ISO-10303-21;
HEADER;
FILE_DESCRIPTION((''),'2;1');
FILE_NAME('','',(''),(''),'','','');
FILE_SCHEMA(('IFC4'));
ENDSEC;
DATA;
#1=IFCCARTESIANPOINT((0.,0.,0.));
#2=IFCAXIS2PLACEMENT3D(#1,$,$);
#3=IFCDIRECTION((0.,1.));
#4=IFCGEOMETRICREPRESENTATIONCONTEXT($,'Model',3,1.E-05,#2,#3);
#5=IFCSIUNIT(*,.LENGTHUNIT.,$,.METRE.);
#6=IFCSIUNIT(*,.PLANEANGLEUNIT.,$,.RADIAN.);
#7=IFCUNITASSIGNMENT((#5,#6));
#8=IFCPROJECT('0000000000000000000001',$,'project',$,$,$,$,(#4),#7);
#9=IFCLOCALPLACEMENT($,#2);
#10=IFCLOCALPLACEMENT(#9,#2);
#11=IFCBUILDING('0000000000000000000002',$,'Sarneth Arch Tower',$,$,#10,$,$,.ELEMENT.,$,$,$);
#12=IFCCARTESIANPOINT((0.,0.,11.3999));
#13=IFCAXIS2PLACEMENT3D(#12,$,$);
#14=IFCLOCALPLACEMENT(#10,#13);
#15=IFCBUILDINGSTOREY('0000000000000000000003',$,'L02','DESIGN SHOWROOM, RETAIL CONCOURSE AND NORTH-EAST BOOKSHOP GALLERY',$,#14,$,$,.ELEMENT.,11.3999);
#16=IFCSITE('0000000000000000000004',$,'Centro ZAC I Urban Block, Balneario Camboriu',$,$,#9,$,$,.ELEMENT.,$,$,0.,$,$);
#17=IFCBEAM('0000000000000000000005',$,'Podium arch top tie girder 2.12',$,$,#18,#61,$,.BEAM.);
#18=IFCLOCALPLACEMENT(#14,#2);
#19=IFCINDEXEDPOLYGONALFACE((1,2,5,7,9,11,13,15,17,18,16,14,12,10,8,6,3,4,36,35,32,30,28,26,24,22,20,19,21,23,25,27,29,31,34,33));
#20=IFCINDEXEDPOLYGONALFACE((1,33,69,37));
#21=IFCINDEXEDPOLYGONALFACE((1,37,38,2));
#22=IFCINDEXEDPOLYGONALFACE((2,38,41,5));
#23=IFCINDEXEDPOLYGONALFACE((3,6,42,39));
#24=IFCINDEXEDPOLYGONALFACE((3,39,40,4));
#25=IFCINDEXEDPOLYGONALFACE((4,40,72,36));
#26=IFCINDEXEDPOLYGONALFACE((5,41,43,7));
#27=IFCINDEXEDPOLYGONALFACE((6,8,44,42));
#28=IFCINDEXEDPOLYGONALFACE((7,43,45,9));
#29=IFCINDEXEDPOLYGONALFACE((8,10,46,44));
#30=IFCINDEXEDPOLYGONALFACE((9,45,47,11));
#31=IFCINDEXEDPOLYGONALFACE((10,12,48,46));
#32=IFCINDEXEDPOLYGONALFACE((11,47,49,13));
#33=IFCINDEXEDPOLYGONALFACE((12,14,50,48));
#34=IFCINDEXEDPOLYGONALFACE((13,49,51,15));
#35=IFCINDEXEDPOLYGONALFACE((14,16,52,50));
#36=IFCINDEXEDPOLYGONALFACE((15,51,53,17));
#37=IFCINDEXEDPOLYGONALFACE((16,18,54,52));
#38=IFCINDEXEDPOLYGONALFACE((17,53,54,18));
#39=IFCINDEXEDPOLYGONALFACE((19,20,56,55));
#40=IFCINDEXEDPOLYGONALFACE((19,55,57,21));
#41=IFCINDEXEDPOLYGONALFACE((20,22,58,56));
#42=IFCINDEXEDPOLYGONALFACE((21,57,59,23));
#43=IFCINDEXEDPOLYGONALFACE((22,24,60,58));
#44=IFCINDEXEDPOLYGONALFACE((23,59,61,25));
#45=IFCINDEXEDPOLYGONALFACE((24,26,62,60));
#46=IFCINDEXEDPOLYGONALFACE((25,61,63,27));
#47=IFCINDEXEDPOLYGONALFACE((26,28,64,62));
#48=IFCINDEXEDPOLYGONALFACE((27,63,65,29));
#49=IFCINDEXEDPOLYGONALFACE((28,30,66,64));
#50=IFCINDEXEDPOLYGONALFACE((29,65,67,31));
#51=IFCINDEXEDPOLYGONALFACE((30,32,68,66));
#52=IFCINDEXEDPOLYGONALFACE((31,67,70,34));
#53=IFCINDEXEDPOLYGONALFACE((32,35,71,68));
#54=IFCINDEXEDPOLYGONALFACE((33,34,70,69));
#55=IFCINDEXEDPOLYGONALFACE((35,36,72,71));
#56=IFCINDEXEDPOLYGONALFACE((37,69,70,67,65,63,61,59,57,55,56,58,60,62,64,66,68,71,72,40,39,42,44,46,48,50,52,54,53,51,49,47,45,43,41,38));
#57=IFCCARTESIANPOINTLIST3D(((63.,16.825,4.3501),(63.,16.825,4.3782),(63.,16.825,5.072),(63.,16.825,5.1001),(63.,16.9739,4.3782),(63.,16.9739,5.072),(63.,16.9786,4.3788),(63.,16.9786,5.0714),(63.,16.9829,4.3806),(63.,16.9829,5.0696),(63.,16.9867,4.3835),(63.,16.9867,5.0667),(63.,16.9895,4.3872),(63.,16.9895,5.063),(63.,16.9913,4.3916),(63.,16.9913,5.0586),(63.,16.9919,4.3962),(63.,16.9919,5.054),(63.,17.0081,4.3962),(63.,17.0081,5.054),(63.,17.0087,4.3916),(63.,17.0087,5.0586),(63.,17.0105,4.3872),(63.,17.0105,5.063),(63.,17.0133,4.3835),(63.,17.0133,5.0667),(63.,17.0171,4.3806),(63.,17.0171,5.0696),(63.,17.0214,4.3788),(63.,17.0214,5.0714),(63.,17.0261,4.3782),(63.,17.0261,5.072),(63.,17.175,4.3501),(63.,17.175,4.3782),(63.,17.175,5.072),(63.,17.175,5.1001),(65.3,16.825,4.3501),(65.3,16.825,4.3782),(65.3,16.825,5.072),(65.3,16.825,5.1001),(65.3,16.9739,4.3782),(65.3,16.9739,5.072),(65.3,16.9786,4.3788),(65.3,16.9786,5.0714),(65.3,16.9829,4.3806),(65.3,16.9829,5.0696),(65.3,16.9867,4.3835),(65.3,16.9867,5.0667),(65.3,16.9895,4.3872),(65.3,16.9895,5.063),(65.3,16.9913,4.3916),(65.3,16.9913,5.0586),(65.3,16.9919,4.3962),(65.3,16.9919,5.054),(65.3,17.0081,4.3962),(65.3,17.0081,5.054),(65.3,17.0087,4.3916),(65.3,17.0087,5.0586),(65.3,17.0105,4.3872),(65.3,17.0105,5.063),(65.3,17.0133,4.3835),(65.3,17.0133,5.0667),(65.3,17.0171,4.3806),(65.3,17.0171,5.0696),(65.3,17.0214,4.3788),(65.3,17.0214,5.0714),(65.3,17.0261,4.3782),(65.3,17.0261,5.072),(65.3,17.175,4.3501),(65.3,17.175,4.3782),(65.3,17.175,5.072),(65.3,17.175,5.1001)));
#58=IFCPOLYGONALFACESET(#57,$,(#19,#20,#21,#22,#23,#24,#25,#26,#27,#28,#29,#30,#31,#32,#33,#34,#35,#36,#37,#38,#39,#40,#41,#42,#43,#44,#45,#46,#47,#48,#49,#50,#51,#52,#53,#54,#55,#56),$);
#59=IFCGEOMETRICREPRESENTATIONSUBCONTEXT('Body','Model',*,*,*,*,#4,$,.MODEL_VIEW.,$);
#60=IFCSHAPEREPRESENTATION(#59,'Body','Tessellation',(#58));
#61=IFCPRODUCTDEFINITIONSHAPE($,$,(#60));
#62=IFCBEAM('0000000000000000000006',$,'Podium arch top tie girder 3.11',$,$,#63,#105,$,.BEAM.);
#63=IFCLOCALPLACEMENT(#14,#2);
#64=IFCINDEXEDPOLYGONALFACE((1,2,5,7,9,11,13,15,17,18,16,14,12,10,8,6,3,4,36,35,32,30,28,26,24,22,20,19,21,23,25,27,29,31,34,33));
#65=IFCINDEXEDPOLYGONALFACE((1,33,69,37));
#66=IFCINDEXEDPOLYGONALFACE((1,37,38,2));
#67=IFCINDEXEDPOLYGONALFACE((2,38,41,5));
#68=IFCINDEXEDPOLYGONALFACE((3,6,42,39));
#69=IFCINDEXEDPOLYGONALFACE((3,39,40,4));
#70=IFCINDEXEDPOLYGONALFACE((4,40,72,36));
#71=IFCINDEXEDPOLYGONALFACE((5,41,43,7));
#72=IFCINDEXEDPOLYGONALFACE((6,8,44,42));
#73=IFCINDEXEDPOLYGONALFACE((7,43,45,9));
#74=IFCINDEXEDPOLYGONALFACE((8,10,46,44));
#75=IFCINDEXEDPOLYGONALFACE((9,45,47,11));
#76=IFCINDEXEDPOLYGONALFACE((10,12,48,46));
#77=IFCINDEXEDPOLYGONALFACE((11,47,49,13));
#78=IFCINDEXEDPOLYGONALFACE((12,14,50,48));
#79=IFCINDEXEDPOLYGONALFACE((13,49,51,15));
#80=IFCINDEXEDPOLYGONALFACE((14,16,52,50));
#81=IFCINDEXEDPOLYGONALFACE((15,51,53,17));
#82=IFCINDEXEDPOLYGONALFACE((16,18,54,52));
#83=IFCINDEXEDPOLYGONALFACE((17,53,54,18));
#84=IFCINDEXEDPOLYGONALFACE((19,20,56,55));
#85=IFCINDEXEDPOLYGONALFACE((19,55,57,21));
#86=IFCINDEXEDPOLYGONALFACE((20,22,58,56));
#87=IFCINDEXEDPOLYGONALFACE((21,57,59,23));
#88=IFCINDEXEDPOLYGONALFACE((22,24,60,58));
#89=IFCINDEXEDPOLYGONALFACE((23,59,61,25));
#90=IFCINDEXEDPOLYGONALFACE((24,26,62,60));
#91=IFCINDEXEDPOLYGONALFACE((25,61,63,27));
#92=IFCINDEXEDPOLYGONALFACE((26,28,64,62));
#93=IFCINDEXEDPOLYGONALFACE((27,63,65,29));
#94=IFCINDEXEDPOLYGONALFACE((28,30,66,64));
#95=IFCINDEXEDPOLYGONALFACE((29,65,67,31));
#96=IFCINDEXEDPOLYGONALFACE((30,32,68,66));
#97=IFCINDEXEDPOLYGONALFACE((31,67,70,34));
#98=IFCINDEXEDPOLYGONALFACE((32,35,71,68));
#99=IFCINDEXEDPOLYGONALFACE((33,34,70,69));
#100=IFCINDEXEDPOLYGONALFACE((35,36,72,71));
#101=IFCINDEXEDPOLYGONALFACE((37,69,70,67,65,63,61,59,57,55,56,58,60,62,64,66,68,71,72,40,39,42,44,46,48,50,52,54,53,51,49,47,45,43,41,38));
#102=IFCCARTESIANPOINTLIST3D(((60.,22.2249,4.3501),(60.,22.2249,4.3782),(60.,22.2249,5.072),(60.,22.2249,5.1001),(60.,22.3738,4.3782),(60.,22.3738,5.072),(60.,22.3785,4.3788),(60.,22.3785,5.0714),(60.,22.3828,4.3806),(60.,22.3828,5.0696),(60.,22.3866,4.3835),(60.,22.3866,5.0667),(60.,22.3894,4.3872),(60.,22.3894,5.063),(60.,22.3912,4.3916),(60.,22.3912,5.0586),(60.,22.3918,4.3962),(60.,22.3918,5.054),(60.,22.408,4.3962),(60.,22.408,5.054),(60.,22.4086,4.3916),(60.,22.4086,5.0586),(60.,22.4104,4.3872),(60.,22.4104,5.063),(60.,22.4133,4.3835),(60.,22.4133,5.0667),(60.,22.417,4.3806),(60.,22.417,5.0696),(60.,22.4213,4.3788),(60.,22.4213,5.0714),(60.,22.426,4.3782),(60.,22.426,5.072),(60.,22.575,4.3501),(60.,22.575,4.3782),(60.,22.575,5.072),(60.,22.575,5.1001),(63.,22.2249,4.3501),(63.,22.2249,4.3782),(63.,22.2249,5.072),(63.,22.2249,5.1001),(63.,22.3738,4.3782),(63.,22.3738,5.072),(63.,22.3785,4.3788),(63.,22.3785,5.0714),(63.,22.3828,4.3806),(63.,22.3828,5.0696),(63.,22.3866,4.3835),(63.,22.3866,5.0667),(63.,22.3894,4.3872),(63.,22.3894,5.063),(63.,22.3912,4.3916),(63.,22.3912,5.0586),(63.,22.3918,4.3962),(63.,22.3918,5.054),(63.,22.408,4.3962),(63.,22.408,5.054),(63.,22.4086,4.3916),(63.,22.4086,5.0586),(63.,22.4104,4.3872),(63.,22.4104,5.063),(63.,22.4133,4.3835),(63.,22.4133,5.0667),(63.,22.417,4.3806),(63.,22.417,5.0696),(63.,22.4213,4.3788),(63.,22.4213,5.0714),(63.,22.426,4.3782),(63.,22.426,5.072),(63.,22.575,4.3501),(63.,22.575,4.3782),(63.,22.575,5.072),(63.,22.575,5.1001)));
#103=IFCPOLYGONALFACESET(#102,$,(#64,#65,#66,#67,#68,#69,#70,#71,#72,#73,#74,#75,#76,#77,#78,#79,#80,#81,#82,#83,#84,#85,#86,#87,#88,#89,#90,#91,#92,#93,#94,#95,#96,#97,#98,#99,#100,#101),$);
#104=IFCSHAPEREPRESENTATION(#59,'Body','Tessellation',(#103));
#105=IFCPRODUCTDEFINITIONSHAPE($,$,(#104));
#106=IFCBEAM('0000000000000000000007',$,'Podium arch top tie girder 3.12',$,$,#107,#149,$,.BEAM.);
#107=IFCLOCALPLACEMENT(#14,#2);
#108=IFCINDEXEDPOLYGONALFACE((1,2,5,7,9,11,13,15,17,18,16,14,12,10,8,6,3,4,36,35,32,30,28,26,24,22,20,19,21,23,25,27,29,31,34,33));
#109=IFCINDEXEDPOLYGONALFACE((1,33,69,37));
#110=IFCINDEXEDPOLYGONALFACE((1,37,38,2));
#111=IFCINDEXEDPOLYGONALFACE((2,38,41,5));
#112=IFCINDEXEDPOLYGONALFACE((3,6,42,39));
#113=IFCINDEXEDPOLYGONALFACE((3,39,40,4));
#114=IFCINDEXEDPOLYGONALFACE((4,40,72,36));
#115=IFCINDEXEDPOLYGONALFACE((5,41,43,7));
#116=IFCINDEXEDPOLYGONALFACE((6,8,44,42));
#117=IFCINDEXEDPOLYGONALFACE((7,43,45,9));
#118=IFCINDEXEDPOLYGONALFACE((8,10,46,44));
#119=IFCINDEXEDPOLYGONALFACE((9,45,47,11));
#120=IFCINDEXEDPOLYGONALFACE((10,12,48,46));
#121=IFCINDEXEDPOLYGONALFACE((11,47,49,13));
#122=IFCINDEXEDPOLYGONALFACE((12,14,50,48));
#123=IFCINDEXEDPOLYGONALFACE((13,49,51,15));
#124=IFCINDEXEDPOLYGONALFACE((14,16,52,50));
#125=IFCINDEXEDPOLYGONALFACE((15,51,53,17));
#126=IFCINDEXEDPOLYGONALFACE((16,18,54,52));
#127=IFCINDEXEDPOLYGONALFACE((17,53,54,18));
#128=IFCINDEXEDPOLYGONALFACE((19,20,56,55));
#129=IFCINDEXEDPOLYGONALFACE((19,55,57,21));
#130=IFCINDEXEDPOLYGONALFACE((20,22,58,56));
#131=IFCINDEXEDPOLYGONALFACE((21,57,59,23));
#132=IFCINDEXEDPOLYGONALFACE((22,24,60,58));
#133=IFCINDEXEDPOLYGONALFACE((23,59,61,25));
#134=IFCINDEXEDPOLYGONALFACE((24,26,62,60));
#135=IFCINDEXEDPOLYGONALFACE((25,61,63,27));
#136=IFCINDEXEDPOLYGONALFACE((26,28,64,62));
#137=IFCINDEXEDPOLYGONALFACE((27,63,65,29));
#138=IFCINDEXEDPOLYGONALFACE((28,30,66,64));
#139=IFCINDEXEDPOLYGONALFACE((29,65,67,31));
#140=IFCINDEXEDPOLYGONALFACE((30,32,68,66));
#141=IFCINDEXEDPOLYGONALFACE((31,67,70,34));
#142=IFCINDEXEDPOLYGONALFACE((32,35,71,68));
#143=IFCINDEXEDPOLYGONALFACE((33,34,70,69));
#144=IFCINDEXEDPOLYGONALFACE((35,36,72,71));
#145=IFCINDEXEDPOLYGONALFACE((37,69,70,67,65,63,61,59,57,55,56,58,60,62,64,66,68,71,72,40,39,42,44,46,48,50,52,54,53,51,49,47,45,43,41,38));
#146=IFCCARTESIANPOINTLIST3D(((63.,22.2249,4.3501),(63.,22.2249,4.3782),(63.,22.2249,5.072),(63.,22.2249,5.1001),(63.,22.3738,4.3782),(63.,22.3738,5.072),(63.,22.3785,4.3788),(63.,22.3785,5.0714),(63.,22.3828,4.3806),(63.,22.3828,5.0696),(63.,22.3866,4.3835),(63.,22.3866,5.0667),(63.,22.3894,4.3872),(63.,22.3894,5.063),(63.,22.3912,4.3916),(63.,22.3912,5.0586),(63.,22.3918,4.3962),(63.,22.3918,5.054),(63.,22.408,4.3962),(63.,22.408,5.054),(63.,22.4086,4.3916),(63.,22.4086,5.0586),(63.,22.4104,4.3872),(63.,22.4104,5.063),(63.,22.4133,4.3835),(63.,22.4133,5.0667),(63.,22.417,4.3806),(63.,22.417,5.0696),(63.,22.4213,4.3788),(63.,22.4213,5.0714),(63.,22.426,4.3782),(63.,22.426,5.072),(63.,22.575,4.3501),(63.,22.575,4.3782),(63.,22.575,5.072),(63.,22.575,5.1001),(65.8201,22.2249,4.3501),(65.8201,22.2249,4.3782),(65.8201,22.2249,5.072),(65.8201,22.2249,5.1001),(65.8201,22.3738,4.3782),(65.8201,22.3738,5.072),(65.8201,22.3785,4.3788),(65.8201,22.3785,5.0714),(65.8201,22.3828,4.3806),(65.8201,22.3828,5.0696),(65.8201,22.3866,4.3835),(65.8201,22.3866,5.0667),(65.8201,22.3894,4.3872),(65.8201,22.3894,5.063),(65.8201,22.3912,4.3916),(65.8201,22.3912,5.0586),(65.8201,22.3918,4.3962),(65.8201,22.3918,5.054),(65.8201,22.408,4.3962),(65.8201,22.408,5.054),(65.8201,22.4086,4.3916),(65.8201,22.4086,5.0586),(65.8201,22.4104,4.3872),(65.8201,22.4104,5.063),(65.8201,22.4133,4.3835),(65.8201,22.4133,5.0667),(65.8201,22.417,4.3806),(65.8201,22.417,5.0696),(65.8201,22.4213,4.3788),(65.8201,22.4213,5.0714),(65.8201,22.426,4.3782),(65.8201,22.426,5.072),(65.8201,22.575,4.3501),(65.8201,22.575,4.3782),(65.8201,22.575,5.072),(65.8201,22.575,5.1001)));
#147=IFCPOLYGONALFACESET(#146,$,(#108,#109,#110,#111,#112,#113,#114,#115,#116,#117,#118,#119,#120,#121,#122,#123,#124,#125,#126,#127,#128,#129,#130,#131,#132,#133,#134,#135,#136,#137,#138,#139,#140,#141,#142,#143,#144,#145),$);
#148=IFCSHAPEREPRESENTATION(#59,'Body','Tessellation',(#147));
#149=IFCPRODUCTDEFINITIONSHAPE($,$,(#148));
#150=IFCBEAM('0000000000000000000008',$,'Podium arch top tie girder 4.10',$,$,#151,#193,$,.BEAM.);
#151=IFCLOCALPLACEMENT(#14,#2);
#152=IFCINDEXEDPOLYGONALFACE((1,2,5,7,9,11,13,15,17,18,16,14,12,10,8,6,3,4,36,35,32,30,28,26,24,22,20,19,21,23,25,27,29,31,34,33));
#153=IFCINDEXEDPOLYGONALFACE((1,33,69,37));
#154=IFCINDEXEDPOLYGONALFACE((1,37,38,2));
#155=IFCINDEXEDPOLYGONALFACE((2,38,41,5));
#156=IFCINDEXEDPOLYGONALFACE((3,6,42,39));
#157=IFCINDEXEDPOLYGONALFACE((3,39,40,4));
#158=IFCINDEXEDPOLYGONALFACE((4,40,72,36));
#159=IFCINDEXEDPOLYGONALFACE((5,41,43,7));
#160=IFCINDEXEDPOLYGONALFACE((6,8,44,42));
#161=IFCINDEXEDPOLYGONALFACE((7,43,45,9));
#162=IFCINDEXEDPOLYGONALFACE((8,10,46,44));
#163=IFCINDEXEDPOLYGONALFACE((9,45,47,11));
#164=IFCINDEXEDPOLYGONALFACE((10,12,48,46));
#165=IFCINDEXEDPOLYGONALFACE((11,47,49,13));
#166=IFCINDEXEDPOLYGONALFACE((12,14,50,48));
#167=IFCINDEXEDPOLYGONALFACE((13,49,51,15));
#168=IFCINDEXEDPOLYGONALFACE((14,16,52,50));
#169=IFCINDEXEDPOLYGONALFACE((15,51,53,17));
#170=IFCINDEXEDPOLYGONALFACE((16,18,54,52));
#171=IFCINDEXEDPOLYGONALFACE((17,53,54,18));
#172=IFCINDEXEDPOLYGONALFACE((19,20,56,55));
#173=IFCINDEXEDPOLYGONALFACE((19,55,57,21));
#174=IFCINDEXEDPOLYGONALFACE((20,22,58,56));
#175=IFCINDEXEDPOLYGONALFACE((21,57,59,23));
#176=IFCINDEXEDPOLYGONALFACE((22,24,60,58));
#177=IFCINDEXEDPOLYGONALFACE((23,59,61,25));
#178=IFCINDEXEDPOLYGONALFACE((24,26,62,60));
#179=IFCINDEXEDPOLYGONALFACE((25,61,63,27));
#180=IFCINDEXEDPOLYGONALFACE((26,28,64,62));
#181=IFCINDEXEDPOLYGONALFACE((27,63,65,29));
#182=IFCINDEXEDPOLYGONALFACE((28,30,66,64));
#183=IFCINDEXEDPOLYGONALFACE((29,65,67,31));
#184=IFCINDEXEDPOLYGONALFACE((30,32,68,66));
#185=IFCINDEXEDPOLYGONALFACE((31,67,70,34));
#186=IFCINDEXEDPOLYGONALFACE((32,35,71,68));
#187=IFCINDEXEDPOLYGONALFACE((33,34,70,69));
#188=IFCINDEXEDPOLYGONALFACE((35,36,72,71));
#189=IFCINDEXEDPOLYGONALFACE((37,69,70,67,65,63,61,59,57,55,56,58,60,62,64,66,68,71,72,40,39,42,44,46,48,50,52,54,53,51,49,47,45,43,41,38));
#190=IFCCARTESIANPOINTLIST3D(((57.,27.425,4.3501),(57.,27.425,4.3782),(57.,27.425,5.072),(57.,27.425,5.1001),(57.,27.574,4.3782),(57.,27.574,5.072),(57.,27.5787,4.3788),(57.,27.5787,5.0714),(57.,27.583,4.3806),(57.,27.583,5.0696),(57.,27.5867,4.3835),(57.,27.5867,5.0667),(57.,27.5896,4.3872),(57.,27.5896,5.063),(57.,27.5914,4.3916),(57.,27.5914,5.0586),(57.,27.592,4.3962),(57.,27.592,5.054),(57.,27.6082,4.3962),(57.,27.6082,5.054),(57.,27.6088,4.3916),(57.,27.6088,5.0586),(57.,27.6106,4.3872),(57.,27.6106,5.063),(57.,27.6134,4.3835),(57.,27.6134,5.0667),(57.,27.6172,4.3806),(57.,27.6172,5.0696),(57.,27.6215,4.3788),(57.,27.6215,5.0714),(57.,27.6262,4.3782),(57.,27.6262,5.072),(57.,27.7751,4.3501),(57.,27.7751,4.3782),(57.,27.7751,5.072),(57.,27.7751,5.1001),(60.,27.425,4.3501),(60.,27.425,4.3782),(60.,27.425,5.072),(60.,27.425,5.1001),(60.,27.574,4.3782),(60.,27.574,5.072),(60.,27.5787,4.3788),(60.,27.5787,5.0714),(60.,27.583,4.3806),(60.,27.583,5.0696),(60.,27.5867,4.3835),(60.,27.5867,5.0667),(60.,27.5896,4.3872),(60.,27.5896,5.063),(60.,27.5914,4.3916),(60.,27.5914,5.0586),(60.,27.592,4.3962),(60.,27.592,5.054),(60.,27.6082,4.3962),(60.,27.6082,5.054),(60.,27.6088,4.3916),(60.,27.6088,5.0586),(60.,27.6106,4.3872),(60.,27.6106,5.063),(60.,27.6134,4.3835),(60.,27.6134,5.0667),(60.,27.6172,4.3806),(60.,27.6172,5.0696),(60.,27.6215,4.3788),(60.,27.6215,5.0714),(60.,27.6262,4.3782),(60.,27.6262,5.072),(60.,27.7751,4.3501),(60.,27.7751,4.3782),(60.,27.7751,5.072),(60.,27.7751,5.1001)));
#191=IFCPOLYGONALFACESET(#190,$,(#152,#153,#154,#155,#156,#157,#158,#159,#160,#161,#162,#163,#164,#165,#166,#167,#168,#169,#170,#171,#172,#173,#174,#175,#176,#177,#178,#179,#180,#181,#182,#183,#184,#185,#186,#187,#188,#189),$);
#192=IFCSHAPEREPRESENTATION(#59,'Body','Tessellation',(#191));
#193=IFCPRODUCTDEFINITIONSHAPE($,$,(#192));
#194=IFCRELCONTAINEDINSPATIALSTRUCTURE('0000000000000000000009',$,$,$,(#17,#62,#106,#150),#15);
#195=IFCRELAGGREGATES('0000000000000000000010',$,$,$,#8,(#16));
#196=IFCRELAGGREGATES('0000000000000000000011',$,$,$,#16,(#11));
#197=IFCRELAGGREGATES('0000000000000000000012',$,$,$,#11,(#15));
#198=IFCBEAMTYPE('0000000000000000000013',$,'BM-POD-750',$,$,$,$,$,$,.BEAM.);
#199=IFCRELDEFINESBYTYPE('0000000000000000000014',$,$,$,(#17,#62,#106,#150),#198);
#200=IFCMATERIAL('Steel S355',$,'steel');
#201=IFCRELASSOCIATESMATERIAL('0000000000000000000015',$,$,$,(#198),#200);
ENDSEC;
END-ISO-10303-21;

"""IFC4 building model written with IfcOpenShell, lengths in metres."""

from ifc_helpers import new_model, si_unit, direction, frame, origin, origin_2d, place, context, subcontext, project, spatial, i_section, extrude, material, material_profile, profile_set, type_object, element, save


model = new_model("IFC4")

# Units and contexts
model_context = context("Model", 3, precision=1e-05, world=origin(), true_north=direction((0.0, 1.0)))
body_context = subcontext(model_context, "Body", "Model", "MODEL_VIEW")
ifc_project = project(units=[si_unit("LENGTHUNIT", "METRE"), si_unit("PLANEANGLEUNIT", "RADIAN")], contexts=[model_context])

# Site, building, storey
site_placement = place(None, origin())
site = spatial("IfcSite", under=ifc_project, at=site_placement, Name="Centro ZAC I Urban Block, Balneario Camboriu", CompositionType="ELEMENT", RefElevation=0.0)
building_placement = place(site_placement, origin())
building = spatial("IfcBuilding", under=site, at=building_placement, Name="Sarneth Arch Tower", CompositionType="ELEMENT")
storey_placement = place(building_placement, frame((0.0, 0.0, 11.3999)))
storey = spatial("IfcBuildingStorey", under=building, at=storey_placement, Name="L02", Description="DESIGN SHOWROOM, RETAIL CONCOURSE AND NORTH-EAST BOOKSHOP GALLERY", CompositionType="ELEMENT", Elevation=11.3999)

# Beams
ifc_material_1 = material(Name="Steel S355", Category="steel")
ifc_material_profile_1 = material_profile(ifc_material_1, i_section(OverallWidth=0.3501, OverallDepth=0.75, WebThickness=0.0161, FlangeThickness=0.0281, FilletRadius=0.0181, at=origin_2d()), Name="CVS750x268")
ifc_profile_set_1 = profile_set([ifc_material_profile_1], Name="Steel S355")
beam_type = type_object("IfcBeamType", Name="BM-POD-750", PredefinedType="BEAM", material=ifc_profile_set_1)
beam_1_placement = place(storey_placement, frame((63.0, 17.0, 4.7251), z_axis=(1.0, 0.0, 0.0), x_axis=(0.0, 1.0, 0.0)))
element("IfcBeam", 1, at=beam_1_placement, inside=storey, type_object=beam_type, Name="Podium arch top tie girder 2.12", PredefinedType="BEAM", context=body_context, shape_type="SweptSolid", body=[
    extrude(i_section(OverallWidth=0.3501, OverallDepth=0.75, WebThickness=0.0161, FlangeThickness=0.0281, FilletRadius=0.0181, at=origin_2d()), origin(), (0.0, 0.0, 1.0), 2.3),
])
beam_2_placement = place(storey_placement, frame((60.0, 22.3999, 4.7251), z_axis=(1.0, 0.0, 0.0), x_axis=(0.0, 1.0, 0.0)))
element("IfcBeam", 2, at=beam_2_placement, inside=storey, type_object=beam_type, Name="Podium arch top tie girder 3.11", PredefinedType="BEAM", context=body_context, shape_type="SweptSolid", body=[
    extrude(i_section(OverallWidth=0.3501, OverallDepth=0.75, WebThickness=0.0161, FlangeThickness=0.0281, FilletRadius=0.0181, at=origin_2d()), origin(), (0.0, 0.0, 1.0), 3.0),
])
beam_3_placement = place(storey_placement, frame((63.0, 22.3999, 4.7251), z_axis=(1.0, 0.0, 0.0), x_axis=(0.0, 1.0, 0.0)))
element("IfcBeam", 3, at=beam_3_placement, inside=storey, type_object=beam_type, Name="Podium arch top tie girder 3.12", PredefinedType="BEAM", context=body_context, shape_type="SweptSolid", body=[
    extrude(i_section(OverallWidth=0.3501, OverallDepth=0.75, WebThickness=0.0161, FlangeThickness=0.0281, FilletRadius=0.0181, at=origin_2d()), origin(), (0.0, 0.0, 1.0), 2.8201),
])
for number, where, z_axis, x_axis, name in (
    (4, (57.0, 27.6001, 4.7251), (1.0, 0.0, 0.0), (0.0, 1.0, 0.0), "Podium arch top tie girder 4.10"),
):
    element("IfcBeam", number, at=place(storey_placement, frame(where, z_axis=z_axis, x_axis=x_axis)), inside=storey, type_object=beam_type, Name=name, PredefinedType="BEAM", context=body_context, shape_type="SweptSolid", body=[
        extrude(i_section(OverallWidth=0.3501, OverallDepth=0.75, WebThickness=0.0161, FlangeThickness=0.0281, FilletRadius=0.0181, at=origin_2d()), origin(), (0.0, 0.0, 1.0), 3.0),
    ])

save(model, "model.ifc")
